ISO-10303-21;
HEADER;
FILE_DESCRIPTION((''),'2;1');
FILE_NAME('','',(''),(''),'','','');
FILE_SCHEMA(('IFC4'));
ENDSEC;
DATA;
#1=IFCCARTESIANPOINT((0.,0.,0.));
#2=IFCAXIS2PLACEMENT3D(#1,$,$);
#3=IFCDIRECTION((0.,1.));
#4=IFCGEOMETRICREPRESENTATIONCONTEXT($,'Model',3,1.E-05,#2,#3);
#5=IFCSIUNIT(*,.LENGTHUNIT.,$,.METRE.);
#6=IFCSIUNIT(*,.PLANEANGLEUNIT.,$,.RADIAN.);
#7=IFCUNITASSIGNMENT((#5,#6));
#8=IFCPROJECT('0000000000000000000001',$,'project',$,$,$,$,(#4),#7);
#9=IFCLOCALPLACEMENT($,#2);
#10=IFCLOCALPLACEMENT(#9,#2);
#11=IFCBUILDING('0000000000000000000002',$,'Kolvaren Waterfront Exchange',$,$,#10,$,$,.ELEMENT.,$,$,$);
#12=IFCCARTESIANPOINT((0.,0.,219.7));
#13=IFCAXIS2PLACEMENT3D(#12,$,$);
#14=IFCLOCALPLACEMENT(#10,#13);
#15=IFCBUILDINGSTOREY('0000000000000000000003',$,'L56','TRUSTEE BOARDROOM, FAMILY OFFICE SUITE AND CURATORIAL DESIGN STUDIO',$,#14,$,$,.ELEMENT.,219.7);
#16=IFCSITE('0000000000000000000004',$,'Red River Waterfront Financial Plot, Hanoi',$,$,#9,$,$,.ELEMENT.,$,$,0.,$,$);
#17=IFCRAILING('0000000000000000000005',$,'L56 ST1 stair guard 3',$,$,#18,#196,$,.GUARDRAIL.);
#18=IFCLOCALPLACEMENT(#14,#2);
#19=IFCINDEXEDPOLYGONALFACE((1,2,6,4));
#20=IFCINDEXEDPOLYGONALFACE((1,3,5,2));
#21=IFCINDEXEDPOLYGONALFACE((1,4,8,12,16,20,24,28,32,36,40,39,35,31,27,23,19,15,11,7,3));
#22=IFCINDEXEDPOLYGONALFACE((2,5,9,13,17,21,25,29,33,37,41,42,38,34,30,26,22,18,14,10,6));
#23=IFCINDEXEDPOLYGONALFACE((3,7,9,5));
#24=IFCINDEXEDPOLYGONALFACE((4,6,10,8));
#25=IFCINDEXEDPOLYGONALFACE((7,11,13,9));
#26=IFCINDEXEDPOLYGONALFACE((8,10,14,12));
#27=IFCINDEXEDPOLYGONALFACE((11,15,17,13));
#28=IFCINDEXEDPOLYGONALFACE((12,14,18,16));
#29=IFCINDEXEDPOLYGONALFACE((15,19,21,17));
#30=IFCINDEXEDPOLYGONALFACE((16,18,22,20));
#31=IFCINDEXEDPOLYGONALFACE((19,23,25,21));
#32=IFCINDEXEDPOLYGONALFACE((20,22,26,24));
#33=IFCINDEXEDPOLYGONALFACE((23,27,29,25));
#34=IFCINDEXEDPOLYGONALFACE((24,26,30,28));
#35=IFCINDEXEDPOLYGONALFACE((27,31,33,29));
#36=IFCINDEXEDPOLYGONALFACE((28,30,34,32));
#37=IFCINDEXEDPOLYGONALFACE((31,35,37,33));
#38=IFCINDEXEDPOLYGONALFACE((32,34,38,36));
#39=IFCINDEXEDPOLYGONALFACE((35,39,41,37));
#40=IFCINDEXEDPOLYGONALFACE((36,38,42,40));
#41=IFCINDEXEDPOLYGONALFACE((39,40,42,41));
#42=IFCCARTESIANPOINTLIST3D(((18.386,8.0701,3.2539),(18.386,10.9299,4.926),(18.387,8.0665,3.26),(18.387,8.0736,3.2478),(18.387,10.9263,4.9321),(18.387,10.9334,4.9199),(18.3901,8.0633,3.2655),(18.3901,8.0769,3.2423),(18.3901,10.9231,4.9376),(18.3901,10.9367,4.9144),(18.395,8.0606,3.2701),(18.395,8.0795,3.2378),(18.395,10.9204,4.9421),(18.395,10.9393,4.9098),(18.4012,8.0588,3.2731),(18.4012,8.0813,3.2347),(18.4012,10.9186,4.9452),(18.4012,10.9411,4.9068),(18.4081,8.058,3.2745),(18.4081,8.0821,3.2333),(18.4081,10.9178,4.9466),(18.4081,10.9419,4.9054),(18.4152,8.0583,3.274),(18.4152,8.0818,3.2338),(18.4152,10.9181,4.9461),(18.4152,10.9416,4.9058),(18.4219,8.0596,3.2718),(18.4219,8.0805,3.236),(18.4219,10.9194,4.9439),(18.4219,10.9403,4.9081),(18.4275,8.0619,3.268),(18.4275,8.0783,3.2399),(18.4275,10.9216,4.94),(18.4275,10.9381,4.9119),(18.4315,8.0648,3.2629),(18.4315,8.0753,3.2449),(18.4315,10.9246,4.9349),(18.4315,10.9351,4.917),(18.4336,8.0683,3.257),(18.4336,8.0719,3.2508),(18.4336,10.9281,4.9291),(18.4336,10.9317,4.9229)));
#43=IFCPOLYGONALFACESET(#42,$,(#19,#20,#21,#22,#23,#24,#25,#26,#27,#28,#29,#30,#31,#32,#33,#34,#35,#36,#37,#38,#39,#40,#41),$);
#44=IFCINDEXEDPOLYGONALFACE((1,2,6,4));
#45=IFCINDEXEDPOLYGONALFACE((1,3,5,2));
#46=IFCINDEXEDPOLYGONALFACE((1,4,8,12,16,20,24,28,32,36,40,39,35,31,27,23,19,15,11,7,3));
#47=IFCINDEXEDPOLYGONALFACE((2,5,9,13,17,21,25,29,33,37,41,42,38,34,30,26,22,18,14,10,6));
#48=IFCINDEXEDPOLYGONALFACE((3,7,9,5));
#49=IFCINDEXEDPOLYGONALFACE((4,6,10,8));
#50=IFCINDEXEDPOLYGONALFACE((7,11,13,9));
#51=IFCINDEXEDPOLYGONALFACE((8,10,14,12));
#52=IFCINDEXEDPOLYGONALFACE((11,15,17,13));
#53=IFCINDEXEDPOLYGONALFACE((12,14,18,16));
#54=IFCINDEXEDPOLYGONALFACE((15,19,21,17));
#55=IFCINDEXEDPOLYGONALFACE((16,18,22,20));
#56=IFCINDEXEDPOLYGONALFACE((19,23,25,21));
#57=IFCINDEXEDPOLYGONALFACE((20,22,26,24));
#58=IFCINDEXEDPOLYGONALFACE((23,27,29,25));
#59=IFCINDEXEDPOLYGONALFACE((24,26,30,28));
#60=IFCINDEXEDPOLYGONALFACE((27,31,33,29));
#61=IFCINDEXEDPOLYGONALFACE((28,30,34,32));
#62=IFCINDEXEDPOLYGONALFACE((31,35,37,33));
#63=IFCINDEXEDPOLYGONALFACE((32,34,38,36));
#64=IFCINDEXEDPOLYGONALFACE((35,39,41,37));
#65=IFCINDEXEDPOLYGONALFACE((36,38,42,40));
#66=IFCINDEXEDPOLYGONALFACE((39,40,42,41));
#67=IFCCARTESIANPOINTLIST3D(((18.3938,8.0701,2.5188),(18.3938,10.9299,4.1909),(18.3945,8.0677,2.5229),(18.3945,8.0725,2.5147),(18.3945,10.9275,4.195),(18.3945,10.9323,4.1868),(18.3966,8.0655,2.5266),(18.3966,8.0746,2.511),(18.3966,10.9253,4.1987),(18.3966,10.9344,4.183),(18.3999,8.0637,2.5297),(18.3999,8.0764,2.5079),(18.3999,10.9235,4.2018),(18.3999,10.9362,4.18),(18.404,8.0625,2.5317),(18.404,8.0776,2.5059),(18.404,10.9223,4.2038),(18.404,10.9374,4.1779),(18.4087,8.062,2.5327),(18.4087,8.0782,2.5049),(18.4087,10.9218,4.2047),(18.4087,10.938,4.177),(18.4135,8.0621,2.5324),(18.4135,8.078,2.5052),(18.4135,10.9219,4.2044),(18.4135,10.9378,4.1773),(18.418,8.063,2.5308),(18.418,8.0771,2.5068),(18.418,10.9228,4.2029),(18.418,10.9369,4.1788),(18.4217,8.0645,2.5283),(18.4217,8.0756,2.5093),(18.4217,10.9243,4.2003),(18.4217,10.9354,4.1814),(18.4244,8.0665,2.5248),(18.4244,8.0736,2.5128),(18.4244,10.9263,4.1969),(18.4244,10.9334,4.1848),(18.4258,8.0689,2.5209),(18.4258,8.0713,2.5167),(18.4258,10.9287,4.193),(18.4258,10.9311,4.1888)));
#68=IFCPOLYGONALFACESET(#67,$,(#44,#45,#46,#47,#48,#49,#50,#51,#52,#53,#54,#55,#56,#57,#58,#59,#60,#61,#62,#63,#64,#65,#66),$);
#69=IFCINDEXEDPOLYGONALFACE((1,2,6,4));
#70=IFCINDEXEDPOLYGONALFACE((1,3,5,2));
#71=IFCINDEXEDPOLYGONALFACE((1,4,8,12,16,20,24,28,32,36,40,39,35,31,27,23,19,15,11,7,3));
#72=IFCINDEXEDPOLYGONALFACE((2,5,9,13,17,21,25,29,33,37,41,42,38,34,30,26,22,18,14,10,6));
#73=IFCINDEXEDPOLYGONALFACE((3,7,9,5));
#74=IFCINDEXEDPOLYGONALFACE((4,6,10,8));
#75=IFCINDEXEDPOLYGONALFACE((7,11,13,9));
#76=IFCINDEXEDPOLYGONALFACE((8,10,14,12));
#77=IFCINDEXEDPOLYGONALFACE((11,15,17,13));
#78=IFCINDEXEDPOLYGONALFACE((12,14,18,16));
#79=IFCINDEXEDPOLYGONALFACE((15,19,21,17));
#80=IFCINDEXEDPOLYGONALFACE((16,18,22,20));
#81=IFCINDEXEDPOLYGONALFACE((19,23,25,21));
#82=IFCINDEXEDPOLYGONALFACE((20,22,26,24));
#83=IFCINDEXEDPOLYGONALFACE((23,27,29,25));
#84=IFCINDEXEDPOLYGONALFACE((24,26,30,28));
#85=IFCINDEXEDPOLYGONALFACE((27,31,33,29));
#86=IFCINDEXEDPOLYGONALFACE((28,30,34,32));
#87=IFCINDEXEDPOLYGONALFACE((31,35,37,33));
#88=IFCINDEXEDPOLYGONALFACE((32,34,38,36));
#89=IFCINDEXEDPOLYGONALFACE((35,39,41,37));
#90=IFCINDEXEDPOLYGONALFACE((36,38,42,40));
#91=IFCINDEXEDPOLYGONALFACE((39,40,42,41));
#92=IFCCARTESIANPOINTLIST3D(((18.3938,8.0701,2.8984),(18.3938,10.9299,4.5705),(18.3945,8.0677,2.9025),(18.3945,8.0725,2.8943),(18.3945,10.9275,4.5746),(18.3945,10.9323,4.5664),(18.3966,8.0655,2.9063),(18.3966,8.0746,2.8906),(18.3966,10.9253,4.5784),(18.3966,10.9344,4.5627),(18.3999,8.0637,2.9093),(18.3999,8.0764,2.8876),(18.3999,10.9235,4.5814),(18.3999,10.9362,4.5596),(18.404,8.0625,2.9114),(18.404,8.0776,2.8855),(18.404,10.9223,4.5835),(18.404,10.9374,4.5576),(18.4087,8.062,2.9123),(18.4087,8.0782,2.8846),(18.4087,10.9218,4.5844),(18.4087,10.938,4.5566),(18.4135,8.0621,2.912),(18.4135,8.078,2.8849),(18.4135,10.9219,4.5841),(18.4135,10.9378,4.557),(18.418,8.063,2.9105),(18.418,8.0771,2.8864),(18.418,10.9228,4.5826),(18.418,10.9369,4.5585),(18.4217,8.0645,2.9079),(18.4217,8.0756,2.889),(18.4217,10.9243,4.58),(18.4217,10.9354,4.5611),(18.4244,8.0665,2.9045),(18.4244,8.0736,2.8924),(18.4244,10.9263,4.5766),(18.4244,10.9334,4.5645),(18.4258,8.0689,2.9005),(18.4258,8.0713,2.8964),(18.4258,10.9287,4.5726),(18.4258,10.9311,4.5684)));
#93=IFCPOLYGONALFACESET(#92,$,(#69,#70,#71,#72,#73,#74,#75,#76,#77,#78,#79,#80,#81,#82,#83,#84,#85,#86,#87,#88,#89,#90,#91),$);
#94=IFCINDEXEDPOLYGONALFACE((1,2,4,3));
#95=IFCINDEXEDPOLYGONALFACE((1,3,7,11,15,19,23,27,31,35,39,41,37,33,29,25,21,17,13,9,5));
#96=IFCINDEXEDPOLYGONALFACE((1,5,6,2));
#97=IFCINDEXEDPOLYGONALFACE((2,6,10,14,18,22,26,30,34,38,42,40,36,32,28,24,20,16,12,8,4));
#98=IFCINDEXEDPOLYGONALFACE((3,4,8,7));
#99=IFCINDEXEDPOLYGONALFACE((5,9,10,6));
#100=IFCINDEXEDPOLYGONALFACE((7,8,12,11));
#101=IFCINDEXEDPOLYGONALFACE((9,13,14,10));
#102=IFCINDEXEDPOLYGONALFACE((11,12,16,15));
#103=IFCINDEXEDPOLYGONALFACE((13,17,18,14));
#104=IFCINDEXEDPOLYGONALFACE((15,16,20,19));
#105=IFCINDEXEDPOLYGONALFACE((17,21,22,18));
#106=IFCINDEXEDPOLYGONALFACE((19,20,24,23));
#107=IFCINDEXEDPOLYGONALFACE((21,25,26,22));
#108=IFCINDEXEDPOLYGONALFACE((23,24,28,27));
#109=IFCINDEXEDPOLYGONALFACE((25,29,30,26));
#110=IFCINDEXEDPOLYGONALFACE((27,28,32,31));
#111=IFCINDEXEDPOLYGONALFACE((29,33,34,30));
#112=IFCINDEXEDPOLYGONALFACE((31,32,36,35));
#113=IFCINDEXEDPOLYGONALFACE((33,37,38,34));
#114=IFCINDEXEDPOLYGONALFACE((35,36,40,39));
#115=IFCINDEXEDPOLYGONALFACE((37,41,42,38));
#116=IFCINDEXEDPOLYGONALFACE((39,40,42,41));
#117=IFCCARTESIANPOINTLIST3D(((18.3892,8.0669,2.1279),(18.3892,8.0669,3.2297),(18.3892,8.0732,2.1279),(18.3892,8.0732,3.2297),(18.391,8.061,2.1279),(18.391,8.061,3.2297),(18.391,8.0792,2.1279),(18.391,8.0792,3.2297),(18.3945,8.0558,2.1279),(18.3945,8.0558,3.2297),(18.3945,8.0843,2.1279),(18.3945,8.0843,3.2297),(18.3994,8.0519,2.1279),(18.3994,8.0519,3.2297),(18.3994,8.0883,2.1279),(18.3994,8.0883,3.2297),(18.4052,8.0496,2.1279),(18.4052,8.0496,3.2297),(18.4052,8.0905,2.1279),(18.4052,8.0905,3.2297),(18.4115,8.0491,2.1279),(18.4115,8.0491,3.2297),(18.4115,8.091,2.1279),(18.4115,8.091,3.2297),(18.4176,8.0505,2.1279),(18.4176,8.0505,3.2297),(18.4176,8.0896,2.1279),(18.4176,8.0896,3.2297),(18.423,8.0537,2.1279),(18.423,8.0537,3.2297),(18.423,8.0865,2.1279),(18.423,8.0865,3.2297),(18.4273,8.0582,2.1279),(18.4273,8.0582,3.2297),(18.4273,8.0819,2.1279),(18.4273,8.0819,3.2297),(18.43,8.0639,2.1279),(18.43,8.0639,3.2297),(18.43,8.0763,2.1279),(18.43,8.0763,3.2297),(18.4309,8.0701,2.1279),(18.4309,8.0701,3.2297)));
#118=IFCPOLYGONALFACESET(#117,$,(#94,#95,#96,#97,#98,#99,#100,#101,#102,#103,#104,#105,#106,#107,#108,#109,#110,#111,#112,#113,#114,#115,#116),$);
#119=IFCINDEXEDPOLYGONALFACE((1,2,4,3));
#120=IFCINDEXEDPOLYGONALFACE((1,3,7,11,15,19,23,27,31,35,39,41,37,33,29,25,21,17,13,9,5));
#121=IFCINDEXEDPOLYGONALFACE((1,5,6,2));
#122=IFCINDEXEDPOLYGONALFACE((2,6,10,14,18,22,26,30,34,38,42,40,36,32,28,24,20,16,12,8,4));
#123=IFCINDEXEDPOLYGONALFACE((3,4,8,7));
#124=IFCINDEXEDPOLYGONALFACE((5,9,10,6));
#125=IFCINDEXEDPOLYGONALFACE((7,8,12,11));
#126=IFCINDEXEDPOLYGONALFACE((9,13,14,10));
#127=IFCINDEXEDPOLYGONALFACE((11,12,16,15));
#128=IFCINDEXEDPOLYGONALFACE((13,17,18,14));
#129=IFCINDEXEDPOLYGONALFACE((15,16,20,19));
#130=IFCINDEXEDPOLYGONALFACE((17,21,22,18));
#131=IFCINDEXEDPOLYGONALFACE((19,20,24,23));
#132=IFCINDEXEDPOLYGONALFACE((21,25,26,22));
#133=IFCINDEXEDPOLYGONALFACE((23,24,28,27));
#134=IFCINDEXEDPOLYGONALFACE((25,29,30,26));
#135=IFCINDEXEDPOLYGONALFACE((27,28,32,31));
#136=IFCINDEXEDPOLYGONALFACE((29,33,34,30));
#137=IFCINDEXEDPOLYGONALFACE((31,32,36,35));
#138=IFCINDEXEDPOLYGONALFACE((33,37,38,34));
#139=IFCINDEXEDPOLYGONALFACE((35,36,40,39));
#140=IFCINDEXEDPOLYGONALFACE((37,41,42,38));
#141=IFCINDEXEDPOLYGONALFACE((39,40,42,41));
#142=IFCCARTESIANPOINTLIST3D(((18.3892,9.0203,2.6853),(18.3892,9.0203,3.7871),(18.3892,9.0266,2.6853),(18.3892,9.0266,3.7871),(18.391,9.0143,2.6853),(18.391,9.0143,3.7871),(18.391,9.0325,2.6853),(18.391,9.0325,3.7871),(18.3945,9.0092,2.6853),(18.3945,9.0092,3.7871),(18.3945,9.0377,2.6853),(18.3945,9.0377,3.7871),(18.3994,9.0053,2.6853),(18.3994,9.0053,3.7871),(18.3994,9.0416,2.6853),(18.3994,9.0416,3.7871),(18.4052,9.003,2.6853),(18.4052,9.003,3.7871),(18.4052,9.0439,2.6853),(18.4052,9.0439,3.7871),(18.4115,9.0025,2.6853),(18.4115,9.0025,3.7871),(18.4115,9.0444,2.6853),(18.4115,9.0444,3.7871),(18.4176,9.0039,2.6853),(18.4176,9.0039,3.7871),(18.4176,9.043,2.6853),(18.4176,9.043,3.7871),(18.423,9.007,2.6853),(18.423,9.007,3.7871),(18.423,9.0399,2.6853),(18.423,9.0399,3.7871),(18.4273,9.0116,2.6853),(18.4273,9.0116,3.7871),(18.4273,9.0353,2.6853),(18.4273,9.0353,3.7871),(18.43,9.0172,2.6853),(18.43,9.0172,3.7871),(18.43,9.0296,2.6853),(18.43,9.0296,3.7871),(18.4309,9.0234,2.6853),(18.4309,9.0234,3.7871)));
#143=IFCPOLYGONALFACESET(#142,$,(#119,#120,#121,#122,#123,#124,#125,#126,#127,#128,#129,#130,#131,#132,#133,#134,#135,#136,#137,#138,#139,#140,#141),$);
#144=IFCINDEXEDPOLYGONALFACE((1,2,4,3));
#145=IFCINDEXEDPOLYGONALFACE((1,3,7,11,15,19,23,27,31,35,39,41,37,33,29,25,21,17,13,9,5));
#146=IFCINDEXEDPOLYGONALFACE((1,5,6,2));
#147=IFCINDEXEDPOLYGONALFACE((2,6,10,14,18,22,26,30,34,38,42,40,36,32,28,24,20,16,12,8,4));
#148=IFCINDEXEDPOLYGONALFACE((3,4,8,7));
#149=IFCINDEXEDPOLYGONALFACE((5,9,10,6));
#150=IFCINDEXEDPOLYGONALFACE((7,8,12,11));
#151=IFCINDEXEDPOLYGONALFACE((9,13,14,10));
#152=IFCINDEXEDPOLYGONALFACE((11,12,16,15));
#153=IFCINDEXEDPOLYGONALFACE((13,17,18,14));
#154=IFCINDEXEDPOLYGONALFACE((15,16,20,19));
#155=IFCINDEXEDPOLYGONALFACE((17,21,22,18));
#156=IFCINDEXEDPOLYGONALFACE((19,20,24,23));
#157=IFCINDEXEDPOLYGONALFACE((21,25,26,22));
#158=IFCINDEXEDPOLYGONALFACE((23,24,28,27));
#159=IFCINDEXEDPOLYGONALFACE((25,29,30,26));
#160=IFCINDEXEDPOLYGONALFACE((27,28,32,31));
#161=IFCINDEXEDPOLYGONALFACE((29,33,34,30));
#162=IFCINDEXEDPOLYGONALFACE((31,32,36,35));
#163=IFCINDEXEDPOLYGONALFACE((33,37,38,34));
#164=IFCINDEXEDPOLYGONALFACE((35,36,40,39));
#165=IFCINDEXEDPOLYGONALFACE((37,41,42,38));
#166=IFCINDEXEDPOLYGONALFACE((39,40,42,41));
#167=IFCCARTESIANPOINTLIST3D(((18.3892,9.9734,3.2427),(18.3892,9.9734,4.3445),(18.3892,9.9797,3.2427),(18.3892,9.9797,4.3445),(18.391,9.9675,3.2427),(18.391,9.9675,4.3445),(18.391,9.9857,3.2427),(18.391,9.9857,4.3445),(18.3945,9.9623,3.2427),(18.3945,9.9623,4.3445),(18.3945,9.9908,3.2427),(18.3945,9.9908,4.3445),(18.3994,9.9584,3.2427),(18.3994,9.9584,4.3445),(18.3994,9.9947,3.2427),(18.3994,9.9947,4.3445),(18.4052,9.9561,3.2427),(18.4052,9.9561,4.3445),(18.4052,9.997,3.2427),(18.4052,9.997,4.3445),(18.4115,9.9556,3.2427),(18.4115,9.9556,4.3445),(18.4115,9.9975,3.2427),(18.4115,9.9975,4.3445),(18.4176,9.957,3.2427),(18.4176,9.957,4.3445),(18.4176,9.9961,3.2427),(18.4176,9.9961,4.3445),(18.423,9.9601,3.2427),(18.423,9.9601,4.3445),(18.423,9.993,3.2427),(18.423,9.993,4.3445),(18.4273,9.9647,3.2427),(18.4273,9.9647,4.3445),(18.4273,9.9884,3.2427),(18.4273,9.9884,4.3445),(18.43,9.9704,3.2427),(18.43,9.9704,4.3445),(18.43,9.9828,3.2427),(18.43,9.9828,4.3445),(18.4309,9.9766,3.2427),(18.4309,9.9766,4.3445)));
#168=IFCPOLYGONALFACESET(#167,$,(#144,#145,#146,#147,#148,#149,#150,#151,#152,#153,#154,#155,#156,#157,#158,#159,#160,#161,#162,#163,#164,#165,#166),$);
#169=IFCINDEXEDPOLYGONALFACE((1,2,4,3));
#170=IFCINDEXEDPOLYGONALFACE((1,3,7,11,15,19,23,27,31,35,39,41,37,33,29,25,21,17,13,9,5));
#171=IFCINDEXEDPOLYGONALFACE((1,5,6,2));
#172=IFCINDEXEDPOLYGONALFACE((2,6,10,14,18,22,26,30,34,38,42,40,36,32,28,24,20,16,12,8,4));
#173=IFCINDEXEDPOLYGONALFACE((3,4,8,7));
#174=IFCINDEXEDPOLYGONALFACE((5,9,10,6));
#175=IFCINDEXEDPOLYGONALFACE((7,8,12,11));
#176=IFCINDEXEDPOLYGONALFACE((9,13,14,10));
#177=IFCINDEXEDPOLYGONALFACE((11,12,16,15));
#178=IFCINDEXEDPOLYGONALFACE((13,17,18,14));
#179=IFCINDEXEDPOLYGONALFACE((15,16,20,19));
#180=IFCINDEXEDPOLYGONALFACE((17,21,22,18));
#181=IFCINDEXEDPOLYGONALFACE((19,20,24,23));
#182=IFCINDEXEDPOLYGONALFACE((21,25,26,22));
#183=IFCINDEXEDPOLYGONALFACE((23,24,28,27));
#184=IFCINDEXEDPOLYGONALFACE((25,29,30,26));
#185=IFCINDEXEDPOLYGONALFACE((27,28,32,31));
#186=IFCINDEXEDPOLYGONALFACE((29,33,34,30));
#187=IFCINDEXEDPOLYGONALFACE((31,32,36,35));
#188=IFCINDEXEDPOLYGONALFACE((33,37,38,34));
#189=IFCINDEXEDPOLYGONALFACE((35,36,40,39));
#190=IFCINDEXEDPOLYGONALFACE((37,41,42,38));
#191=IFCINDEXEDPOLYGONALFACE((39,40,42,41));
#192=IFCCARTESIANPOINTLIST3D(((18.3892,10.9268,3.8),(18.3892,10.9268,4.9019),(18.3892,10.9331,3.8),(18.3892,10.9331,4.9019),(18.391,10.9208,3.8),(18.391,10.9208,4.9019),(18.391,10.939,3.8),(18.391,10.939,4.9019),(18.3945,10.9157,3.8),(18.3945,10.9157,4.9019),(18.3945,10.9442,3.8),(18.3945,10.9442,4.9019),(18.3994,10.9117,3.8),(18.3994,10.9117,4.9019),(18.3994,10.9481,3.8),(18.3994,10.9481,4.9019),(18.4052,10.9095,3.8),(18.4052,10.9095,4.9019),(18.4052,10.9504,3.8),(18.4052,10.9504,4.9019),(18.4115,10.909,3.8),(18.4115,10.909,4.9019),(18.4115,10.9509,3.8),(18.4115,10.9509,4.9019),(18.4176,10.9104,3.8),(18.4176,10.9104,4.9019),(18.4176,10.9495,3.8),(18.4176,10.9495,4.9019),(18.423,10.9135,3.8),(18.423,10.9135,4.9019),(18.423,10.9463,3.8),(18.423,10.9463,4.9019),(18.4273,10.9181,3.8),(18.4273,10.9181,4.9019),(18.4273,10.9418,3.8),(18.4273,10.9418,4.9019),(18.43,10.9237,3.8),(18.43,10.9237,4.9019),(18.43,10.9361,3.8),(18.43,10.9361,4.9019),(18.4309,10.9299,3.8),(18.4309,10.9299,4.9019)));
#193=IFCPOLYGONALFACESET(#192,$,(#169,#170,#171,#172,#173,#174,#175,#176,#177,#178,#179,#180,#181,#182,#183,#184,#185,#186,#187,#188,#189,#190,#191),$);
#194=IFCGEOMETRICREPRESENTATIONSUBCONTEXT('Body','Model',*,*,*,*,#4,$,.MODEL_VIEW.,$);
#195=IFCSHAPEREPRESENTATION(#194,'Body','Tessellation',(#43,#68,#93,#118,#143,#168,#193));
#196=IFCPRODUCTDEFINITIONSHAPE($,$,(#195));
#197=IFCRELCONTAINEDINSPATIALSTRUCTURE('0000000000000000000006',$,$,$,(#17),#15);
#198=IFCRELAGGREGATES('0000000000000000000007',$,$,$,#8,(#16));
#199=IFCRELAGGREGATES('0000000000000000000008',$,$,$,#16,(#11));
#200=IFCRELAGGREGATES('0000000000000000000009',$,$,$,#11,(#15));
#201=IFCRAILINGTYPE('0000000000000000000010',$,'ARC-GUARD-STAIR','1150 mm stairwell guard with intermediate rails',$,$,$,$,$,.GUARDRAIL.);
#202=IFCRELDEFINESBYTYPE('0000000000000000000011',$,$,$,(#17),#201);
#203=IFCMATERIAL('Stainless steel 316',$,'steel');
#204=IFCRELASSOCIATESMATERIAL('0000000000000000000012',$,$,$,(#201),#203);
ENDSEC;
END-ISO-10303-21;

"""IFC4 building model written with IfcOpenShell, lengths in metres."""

from ifc_helpers import new_model, si_unit, direction, frame, origin, origin_2d, place, context, subcontext, project, spatial, circle, extrude, material, type_object, element, save


model = new_model("IFC4")

# Units and contexts
model_context = context("Model", 3, precision=1e-05, world=origin(), true_north=direction((0.0, 1.0)))
body_context = subcontext(model_context, "Body", "Model", "MODEL_VIEW")
ifc_project = project(units=[si_unit("LENGTHUNIT", "METRE"), si_unit("PLANEANGLEUNIT", "RADIAN")], contexts=[model_context])

# Site, building, storey
site_placement = place(None, origin())
site = spatial("IfcSite", under=ifc_project, at=site_placement, Name="Red River Waterfront Financial Plot, Hanoi", CompositionType="ELEMENT", RefElevation=0.0)
building_placement = place(site_placement, origin())
building = spatial("IfcBuilding", under=site, at=building_placement, Name="Kolvaren Waterfront Exchange", CompositionType="ELEMENT")
storey_placement = place(building_placement, frame((0.0, 0.0, 219.7)))
storey = spatial("IfcBuildingStorey", under=building, at=storey_placement, Name="L56", Description="TRUSTEE BOARDROOM, FAMILY OFFICE SUITE AND CURATORIAL DESIGN STUDIO", CompositionType="ELEMENT", Elevation=219.7)

# Railing
ifc_material_1 = material(Name="Stainless steel 316", Category="steel")
railing_type_1 = type_object("IfcRailingType", Name="ARC-GUARD-STAIR", Description="1150 mm stairwell guard with intermediate rails", PredefinedType="GUARDRAIL", material=ifc_material_1)
railing_1_placement = place(storey_placement, frame((18.4099, 8.0701, 2.1279)))
element("IfcRailing", 1, at=railing_1_placement, inside=storey, type_object=railing_type_1, Name="L56 ST1 stair guard 3", PredefinedType="GUARDRAIL", context=body_context, shape_type="SweptSolid", body=[
    extrude(circle(Radius=0.0239, at=origin_2d()), frame((0.0, 0.0, 1.126), z_axis=(0.0, 0.863271, 0.504741), x_axis=(-1.0, 0.0, 0.0)), (0.0, 0.0, 1.0), 3.3127),
    extrude(circle(Radius=0.0161, at=origin_2d()), frame((0.0, 0.0, 0.3909), z_axis=(0.0, 0.863271, 0.504741), x_axis=(-1.0, 0.0, 0.0)), (0.0, 0.0, 1.0), 3.3127),
    extrude(circle(Radius=0.0161, at=origin_2d()), frame((0.0, 0.0, 0.7705), z_axis=(0.0, 0.863271, 0.504741), x_axis=(-1.0, 0.0, 0.0)), (0.0, 0.0, 1.0), 3.3127),
    extrude(circle(Radius=0.021, at=origin_2d()), origin(), (0.0, 0.0, 1.0), 1.1018),
    extrude(circle(Radius=0.021, at=origin_2d()), frame((0.0, 0.9534, 0.5574)), (0.0, 0.0, 1.0), 1.1018),
    extrude(circle(Radius=0.021, at=origin_2d()), frame((0.0, 1.9065, 1.1147)), (0.0, 0.0, 1.0), 1.1018),
    extrude(circle(Radius=0.021, at=origin_2d()), frame((0.0, 2.8599, 1.6721)), (0.0, 0.0, 1.0), 1.1018),
])

save(model, "model.ifc")
